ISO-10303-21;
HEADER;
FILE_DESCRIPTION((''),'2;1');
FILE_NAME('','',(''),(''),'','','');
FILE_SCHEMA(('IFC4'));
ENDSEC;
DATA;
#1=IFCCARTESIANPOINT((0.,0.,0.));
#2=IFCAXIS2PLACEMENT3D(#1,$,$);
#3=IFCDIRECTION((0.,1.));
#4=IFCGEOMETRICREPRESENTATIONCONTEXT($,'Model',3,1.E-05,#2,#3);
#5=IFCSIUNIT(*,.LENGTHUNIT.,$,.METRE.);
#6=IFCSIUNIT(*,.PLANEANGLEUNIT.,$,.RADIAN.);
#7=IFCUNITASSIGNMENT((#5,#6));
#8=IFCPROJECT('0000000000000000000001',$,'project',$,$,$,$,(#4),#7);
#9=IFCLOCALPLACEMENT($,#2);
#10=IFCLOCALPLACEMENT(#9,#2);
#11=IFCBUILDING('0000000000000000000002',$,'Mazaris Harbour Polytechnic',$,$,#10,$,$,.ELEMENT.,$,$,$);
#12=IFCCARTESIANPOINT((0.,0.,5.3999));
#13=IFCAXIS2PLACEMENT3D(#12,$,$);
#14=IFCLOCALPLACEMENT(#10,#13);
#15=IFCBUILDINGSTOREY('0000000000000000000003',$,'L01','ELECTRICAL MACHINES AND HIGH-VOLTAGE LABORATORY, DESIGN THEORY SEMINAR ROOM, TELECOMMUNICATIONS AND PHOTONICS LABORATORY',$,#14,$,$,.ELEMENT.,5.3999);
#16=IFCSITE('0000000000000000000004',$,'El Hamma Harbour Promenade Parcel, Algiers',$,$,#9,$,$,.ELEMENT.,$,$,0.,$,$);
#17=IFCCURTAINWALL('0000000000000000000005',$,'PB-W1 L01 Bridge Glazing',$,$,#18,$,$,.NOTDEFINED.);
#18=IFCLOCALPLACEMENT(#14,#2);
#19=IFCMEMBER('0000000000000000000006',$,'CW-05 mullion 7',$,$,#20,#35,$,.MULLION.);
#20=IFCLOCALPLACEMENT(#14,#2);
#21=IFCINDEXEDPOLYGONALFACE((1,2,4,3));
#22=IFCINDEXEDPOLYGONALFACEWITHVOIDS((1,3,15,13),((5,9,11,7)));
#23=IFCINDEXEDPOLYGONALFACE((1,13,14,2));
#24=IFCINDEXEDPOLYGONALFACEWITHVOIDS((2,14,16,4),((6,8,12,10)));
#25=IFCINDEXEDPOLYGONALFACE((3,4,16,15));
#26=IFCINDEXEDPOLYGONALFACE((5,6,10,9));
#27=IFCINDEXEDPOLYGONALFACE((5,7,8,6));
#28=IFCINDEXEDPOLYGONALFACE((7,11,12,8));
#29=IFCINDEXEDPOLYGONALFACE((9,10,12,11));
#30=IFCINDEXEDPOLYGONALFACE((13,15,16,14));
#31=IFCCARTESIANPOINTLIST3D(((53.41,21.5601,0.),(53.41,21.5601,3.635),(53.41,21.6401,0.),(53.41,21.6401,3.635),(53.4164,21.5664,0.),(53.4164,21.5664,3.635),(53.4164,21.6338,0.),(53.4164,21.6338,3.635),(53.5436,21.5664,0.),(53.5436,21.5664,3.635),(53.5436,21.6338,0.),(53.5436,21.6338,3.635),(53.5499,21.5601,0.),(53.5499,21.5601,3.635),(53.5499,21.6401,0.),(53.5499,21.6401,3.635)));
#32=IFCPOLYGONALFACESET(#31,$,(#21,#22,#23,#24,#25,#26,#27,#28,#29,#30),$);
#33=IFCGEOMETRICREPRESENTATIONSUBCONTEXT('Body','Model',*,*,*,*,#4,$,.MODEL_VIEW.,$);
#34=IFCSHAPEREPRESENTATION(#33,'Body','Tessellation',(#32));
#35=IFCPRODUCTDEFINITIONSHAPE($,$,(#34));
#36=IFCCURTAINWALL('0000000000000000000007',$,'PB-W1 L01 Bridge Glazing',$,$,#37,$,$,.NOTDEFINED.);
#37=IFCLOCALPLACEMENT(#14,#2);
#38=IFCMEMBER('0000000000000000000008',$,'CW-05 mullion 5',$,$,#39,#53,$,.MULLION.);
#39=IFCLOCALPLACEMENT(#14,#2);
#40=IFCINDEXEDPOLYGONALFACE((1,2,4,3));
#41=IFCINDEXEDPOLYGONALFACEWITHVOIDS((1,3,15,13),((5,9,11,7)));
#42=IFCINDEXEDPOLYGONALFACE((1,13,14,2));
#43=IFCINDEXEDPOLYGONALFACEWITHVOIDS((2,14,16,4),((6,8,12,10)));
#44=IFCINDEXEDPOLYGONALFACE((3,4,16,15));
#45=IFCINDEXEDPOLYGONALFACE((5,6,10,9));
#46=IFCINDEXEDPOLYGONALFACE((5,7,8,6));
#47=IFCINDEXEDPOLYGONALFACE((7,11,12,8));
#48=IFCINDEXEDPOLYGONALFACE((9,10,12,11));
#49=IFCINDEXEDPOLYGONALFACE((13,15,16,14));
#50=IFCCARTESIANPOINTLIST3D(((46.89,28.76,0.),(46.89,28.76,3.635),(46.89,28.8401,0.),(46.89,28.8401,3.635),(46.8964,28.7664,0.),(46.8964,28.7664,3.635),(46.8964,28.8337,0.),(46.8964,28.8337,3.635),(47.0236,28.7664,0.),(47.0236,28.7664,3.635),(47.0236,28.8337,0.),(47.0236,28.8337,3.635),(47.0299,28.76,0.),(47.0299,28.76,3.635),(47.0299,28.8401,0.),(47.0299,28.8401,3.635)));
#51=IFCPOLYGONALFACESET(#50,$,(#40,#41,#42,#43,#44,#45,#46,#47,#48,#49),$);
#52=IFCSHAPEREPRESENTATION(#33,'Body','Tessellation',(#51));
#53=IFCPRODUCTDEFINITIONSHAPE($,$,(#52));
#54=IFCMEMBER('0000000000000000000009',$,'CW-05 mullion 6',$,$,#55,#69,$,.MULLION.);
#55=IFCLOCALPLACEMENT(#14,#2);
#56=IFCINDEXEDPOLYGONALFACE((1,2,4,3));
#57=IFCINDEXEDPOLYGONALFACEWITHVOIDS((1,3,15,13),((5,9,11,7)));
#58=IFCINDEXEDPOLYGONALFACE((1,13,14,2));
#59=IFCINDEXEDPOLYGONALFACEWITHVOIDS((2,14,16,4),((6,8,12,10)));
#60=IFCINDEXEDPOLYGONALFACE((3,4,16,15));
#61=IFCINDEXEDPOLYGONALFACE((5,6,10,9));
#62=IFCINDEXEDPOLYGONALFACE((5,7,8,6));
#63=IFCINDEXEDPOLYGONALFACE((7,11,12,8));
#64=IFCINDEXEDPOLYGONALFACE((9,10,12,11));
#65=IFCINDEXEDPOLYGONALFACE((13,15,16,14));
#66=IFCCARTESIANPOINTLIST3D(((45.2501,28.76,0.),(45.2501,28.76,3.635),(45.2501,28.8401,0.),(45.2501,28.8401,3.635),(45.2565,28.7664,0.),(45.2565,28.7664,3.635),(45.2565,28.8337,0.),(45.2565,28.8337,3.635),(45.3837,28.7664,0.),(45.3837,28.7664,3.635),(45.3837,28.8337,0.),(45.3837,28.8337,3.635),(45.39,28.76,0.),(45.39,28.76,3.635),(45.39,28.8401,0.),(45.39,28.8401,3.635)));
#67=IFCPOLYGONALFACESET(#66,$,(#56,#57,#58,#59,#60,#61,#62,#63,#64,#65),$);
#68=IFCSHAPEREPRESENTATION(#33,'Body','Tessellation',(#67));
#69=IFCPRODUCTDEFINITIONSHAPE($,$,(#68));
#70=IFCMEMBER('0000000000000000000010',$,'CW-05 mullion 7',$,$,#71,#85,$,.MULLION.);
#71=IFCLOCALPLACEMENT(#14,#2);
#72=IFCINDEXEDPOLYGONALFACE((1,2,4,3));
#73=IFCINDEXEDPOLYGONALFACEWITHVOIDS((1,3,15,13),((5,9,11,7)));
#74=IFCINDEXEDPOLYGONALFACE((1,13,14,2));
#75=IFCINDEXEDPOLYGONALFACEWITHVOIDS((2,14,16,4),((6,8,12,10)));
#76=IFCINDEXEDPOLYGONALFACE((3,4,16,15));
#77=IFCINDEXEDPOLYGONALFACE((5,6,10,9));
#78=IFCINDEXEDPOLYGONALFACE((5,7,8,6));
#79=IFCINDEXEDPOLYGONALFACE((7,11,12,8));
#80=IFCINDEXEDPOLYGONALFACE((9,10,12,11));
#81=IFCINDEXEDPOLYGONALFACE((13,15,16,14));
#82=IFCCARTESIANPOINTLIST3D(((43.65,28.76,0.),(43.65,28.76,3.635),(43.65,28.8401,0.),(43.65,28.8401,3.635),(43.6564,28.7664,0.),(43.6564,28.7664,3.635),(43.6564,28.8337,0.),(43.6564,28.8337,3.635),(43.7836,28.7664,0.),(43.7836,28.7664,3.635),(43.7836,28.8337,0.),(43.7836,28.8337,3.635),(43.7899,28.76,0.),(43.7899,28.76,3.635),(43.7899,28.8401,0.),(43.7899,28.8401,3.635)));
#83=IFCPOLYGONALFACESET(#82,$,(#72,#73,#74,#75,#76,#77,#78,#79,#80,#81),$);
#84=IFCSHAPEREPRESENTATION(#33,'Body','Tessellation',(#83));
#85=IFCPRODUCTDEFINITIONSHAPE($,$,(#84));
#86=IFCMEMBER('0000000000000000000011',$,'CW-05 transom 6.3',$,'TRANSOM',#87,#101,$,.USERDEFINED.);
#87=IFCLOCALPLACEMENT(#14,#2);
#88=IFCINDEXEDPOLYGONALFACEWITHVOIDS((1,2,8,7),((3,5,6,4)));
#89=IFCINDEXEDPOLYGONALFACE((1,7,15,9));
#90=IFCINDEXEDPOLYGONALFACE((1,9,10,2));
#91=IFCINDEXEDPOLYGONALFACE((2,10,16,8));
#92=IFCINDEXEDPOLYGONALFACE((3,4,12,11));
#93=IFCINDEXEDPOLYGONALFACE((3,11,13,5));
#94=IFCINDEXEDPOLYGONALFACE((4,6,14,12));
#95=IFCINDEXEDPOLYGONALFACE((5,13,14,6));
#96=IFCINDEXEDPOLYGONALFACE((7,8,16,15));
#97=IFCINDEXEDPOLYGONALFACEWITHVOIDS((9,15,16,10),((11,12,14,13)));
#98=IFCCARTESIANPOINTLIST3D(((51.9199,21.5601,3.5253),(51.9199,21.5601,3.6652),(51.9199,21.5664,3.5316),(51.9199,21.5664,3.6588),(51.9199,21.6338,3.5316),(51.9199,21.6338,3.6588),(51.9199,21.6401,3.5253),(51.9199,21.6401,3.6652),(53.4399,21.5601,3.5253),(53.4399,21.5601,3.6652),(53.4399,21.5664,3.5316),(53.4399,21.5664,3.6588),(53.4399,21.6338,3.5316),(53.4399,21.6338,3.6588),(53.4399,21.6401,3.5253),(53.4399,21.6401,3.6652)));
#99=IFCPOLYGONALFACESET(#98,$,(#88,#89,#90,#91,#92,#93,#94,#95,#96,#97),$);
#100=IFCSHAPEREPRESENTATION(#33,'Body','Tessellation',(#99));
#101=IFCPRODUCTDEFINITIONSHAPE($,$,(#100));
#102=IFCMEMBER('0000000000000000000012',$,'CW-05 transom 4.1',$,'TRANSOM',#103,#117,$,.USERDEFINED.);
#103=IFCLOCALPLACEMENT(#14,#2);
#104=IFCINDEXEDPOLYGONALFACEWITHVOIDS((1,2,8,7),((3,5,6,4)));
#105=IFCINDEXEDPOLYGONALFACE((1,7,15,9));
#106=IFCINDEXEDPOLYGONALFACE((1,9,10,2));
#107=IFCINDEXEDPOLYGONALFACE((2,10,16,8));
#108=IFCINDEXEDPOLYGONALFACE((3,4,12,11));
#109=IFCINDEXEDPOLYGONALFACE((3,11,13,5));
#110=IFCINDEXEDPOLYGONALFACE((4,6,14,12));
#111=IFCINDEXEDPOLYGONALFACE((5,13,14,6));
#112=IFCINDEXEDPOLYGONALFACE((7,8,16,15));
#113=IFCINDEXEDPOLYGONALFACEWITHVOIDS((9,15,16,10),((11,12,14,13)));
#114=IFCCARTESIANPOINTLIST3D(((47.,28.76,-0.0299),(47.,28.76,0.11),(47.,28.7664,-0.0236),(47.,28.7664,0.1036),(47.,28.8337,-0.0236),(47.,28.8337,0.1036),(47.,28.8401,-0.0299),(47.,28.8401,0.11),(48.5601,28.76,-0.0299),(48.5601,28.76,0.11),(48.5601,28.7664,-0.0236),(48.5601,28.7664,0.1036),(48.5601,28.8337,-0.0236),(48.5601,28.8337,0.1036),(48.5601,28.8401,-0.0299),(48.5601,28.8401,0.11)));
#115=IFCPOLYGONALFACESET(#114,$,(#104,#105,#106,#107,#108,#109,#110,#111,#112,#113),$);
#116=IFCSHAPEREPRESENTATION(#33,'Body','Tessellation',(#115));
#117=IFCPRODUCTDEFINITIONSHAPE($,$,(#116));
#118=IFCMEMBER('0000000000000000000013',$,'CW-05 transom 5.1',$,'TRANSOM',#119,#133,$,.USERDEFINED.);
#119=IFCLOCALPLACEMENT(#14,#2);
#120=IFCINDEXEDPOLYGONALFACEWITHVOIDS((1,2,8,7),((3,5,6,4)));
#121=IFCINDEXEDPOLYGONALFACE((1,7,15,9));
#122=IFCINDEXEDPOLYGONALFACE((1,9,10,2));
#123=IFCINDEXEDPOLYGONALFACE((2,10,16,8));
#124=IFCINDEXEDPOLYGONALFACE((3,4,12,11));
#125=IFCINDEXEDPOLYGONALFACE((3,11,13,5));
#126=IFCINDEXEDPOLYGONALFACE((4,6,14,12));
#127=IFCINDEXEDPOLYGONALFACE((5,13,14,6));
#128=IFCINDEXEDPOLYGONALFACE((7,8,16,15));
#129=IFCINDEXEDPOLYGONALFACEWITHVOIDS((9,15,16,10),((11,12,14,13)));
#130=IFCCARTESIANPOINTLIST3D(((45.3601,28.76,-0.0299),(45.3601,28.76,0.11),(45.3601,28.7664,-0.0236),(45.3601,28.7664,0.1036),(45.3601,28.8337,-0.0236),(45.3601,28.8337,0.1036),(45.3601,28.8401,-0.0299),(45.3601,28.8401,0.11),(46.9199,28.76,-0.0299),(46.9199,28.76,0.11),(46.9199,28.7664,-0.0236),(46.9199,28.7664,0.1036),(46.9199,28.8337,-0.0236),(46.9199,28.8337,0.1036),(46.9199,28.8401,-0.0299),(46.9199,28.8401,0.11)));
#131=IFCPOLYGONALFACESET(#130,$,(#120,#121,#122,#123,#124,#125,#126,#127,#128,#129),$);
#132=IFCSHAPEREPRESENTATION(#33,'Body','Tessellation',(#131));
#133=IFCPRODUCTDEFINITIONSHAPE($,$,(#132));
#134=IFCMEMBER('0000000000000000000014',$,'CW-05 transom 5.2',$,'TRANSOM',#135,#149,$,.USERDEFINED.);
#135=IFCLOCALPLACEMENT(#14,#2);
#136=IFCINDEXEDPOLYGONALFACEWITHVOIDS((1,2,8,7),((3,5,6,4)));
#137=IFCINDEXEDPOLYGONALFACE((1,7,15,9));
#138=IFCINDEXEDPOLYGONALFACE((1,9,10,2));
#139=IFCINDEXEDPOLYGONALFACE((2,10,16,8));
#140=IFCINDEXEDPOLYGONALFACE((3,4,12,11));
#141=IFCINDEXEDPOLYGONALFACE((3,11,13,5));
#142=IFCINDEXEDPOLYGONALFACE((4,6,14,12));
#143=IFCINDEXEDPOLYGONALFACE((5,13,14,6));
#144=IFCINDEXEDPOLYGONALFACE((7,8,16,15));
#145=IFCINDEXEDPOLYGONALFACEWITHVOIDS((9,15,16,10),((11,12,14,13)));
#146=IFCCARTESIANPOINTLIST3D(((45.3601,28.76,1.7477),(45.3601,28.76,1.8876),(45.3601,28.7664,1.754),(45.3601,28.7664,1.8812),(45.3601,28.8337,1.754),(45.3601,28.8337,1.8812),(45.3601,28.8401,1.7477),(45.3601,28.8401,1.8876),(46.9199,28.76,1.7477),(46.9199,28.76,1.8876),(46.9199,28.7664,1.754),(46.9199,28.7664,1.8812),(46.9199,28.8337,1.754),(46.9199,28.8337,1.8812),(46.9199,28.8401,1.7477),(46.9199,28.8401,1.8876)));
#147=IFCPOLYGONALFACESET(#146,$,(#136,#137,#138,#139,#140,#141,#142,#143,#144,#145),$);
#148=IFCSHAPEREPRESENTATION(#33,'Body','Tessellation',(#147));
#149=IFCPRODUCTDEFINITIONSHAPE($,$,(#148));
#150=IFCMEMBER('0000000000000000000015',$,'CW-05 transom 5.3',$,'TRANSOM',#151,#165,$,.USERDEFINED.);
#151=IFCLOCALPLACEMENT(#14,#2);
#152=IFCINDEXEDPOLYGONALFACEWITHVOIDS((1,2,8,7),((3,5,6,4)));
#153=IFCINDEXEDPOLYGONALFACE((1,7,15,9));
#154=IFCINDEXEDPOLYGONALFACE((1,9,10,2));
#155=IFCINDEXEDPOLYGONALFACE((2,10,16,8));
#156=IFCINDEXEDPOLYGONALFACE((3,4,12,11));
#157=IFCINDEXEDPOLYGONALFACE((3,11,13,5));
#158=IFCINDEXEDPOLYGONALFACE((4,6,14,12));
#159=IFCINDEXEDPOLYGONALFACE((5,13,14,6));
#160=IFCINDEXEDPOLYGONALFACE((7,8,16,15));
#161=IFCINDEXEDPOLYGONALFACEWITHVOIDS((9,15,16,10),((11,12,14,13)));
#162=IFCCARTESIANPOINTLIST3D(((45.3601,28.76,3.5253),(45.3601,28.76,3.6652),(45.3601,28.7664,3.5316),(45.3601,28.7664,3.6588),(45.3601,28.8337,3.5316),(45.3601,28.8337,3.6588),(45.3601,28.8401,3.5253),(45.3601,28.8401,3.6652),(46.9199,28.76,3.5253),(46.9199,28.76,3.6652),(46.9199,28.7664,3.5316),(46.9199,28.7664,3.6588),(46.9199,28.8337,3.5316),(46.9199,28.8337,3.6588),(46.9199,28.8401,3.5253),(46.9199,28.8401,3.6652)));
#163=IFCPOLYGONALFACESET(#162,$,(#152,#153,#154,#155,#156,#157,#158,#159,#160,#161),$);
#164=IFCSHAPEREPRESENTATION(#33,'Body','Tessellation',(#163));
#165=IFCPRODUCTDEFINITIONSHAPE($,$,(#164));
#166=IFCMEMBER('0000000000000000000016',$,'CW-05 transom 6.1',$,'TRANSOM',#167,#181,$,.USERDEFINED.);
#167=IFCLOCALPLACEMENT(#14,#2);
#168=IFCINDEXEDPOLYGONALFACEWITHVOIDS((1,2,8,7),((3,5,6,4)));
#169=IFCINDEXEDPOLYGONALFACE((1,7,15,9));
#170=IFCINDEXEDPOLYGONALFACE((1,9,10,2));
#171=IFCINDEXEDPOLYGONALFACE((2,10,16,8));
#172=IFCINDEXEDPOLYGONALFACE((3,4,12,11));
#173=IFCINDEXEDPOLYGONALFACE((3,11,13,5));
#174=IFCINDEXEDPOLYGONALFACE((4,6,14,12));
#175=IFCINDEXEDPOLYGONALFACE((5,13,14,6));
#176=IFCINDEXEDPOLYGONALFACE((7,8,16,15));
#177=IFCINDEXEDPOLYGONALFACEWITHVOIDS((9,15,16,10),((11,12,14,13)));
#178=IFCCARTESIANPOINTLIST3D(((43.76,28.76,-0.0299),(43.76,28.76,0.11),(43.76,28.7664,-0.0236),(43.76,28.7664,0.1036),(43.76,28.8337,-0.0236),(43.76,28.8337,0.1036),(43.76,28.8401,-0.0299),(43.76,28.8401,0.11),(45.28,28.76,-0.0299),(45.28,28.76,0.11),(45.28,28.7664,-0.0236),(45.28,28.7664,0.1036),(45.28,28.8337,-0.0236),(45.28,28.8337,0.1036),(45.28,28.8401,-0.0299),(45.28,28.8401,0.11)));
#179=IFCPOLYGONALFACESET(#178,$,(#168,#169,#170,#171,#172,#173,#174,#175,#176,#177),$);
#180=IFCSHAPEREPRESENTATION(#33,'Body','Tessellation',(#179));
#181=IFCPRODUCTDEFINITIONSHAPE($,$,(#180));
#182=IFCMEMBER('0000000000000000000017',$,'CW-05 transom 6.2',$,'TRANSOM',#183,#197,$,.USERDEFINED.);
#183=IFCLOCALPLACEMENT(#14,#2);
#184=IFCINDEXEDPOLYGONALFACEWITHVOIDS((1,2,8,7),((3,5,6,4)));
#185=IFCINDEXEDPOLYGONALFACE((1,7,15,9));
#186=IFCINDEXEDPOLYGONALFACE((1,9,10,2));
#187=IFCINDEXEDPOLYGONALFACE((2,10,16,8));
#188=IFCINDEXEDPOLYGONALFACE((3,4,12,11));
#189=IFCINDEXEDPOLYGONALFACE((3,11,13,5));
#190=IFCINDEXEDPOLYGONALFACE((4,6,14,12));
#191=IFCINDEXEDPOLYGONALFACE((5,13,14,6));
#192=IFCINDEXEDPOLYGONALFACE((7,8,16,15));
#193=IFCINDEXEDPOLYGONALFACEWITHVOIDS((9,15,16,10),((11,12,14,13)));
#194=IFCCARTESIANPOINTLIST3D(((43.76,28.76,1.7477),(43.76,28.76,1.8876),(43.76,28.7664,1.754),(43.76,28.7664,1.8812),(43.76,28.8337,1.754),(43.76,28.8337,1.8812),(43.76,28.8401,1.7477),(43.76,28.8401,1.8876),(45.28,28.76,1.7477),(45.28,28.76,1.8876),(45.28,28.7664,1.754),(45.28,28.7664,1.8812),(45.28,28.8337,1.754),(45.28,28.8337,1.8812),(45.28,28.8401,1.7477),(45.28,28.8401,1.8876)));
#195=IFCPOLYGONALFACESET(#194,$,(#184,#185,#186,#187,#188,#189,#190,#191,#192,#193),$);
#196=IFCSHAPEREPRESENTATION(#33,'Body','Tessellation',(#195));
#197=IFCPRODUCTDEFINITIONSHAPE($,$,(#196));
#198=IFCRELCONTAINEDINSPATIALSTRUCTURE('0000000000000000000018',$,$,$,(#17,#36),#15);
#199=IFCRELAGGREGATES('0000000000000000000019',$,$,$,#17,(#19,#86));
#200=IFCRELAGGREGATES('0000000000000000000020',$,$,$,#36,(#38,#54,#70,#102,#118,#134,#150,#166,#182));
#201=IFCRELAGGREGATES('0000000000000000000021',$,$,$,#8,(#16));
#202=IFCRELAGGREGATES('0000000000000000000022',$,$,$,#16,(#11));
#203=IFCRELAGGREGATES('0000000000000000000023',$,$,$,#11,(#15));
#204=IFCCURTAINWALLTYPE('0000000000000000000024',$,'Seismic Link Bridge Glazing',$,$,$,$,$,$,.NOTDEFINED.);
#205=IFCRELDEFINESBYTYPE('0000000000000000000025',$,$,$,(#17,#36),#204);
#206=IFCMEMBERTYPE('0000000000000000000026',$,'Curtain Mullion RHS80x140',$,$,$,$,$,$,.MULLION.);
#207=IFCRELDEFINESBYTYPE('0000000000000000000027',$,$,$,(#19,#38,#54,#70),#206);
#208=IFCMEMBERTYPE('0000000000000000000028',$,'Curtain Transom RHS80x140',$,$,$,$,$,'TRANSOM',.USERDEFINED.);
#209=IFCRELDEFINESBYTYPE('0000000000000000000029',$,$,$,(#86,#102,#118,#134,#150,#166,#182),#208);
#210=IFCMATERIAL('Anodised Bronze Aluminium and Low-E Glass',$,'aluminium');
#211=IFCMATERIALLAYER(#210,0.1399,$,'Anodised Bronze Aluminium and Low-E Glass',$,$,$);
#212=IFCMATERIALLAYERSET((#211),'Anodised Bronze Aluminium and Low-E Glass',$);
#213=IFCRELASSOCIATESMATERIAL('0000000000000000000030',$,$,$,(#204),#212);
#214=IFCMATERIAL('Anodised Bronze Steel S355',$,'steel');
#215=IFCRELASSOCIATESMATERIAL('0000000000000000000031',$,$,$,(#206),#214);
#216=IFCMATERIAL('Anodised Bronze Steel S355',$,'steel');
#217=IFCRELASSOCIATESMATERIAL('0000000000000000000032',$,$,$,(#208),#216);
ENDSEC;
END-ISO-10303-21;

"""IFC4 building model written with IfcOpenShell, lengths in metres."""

from ifc_helpers import new_model, si_unit, direction, frame, origin, origin_2d, place, context, subcontext, project, spatial, hollow_rectangle, extrude, material, layer, layer_set, material_profile, profile_set, type_object, element, aggregate, save


model = new_model("IFC4")

# Units and contexts
model_context = context("Model", 3, precision=1e-05, world=origin(), true_north=direction((0.0, 1.0)))
body_context = subcontext(model_context, "Body", "Model", "MODEL_VIEW")
ifc_project = project(units=[si_unit("LENGTHUNIT", "METRE"), si_unit("PLANEANGLEUNIT", "RADIAN")], contexts=[model_context])

# Site, building, storey
site_placement = place(None, origin())
site = spatial("IfcSite", under=ifc_project, at=site_placement, Name="El Hamma Harbour Promenade Parcel, Algiers", CompositionType="ELEMENT", RefElevation=0.0)
building_placement = place(site_placement, origin())
building = spatial("IfcBuilding", under=site, at=building_placement, Name="Mazaris Harbour Polytechnic", CompositionType="ELEMENT")
storey_placement = place(building_placement, frame((0.0, 0.0, 5.3999)))
storey = spatial("IfcBuildingStorey", under=building, at=storey_placement, Name="L01", Description="ELECTRICAL MACHINES AND HIGH-VOLTAGE LABORATORY, DESIGN THEORY SEMINAR ROOM, TELECOMMUNICATIONS AND PHOTONICS LABORATORY", CompositionType="ELEMENT", Elevation=5.3999)

# Curtain wall, member
ifc_material_1 = material(Name="Anodised Bronze Aluminium and Low-E Glass", Category="aluminium")
ifc_layer_1 = layer(ifc_material_1, 0.1399, Name="Anodised Bronze Aluminium and Low-E Glass")
ifc_layer_set_1 = layer_set([ifc_layer_1], Name="Anodised Bronze Aluminium and Low-E Glass")
curtain_wall_type = type_object("IfcCurtainWallType", Name="Seismic Link Bridge Glazing", PredefinedType="NOTDEFINED", material=ifc_layer_set_1)
curtain_wall_1_placement = place(storey_placement, origin())
curtain_wall_1 = element("IfcCurtainWall", 1, at=curtain_wall_1_placement, inside=storey, type_object=curtain_wall_type, Name="PB-W1 L01 Bridge Glazing", PredefinedType="NOTDEFINED")
ifc_material_2 = material(Name="Anodised Bronze Steel S355", Category="steel")
ifc_material_profile_1 = material_profile(ifc_material_2, hollow_rectangle(XDim=0.0801, YDim=0.1399, WallThickness=0.0063, at=origin_2d()), Name="RHS 80x140x6.3")
ifc_profile_set_1 = profile_set([ifc_material_profile_1], Name="Anodised Bronze Steel S355")
member_type_1 = type_object("IfcMemberType", Name="Curtain Mullion RHS80x140", PredefinedType="MULLION", material=ifc_profile_set_1)
member_1_placement = place(storey_placement, frame((53.48, 21.6001, 0.0), z_axis=(0.0, 0.0, 1.0), x_axis=(0.0, 1.0, 0.0)))
member_1 = element("IfcMember", 2, at=member_1_placement, type_object=member_type_1, Name="CW-05 mullion 7", PredefinedType="MULLION", context=body_context, shape_type="SweptSolid", body=[
    extrude(hollow_rectangle(XDim=0.0801, YDim=0.1399, WallThickness=0.0063, at=origin_2d()), origin(), (0.0, 0.0, 1.0), 3.635),
])

# Curtain wall, members
curtain_wall_2_placement = place(storey_placement, origin())
curtain_wall_2 = element("IfcCurtainWall", 3, at=curtain_wall_2_placement, inside=storey, type_object=curtain_wall_type, Name="PB-W1 L01 Bridge Glazing", PredefinedType="NOTDEFINED")
member_2_placement = place(storey_placement, frame((46.96, 28.8, 0.0), z_axis=(0.0, 0.0, 1.0), x_axis=(0.0, -1.0, 0.0)))
member_2 = element("IfcMember", 4, at=member_2_placement, type_object=member_type_1, Name="CW-05 mullion 5", PredefinedType="MULLION", context=body_context, shape_type="SweptSolid", body=[
    extrude(hollow_rectangle(XDim=0.0801, YDim=0.1399, WallThickness=0.0063, at=origin_2d()), origin(), (0.0, 0.0, 1.0), 3.635),
])
member_3_placement = place(storey_placement, frame((45.3201, 28.8, 0.0), z_axis=(0.0, 0.0, 1.0), x_axis=(0.0, -1.0, 0.0)))
member_3 = element("IfcMember", 5, at=member_3_placement, type_object=member_type_1, Name="CW-05 mullion 6", PredefinedType="MULLION", context=body_context, shape_type="SweptSolid", body=[
    extrude(hollow_rectangle(XDim=0.0801, YDim=0.1399, WallThickness=0.0063, at=origin_2d()), origin(), (0.0, 0.0, 1.0), 3.635),
])
member_4_placement = place(storey_placement, frame((43.72, 28.8, 0.0), z_axis=(0.0, 0.0, 1.0), x_axis=(0.0, -1.0, 0.0)))
member_4 = element("IfcMember", 6, at=member_4_placement, type_object=member_type_1, Name="CW-05 mullion 7", PredefinedType="MULLION", context=body_context, shape_type="SweptSolid", body=[
    extrude(hollow_rectangle(XDim=0.0801, YDim=0.1399, WallThickness=0.0063, at=origin_2d()), origin(), (0.0, 0.0, 1.0), 3.635),
])

# Members
ifc_material_3 = material(Name="Anodised Bronze Steel S355", Category="steel")
ifc_material_profile_2 = material_profile(ifc_material_3, hollow_rectangle(XDim=0.0801, YDim=0.1399, WallThickness=0.0063, at=origin_2d()), Name="RHS 80x140x6.3")
ifc_profile_set_2 = profile_set([ifc_material_profile_2], Name="Anodised Bronze Steel S355")
member_type_2 = type_object("IfcMemberType", Name="Curtain Transom RHS80x140", ElementType="TRANSOM", PredefinedType="USERDEFINED", material=ifc_profile_set_2)
member_5_placement = place(storey_placement, frame((51.9199, 21.6001, 3.5952), z_axis=(1.0, 0.0, 0.0), x_axis=(0.0, 1.0, 0.0)))
member_5 = element("IfcMember", 7, at=member_5_placement, type_object=member_type_2, Name="CW-05 transom 6.3", ObjectType="TRANSOM", PredefinedType="USERDEFINED", context=body_context, shape_type="SweptSolid", body=[
    extrude(hollow_rectangle(XDim=0.0801, YDim=0.1399, WallThickness=0.0063, at=origin_2d()), origin(), (0.0, 0.0, 1.0), 1.52),
])
member_6_placement = place(storey_placement, frame((48.5601, 28.8, 0.04), z_axis=(-1.0, 0.0, 0.0), x_axis=(0.0, -1.0, 0.0)))
member_6 = element("IfcMember", 8, at=member_6_placement, type_object=member_type_2, Name="CW-05 transom 4.1", ObjectType="TRANSOM", PredefinedType="USERDEFINED", context=body_context, shape_type="SweptSolid", body=[
    extrude(hollow_rectangle(XDim=0.0801, YDim=0.1399, WallThickness=0.0063, at=origin_2d()), origin(), (0.0, 0.0, 1.0), 1.5601),
])
member_7_placement = place(storey_placement, frame((46.9199, 28.8, 0.04), z_axis=(-1.0, 0.0, 0.0), x_axis=(0.0, -1.0, 0.0)))
member_7 = element("IfcMember", 9, at=member_7_placement, type_object=member_type_2, Name="CW-05 transom 5.1", ObjectType="TRANSOM", PredefinedType="USERDEFINED", context=body_context, shape_type="SweptSolid", body=[
    extrude(hollow_rectangle(XDim=0.0801, YDim=0.1399, WallThickness=0.0063, at=origin_2d()), origin(), (0.0, 0.0, 1.0), 1.5598),
])
member_8_placement = place(storey_placement, frame((46.9199, 28.8, 1.8176), z_axis=(-1.0, 0.0, 0.0), x_axis=(0.0, -1.0, 0.0)))
member_8 = element("IfcMember", 10, at=member_8_placement, type_object=member_type_2, Name="CW-05 transom 5.2", ObjectType="TRANSOM", PredefinedType="USERDEFINED", context=body_context, shape_type="SweptSolid", body=[
    extrude(hollow_rectangle(XDim=0.0801, YDim=0.1399, WallThickness=0.0063, at=origin_2d()), origin(), (0.0, 0.0, 1.0), 1.5598),
])
member_9_placement = place(storey_placement, frame((46.9199, 28.8, 3.5952), z_axis=(-1.0, 0.0, 0.0), x_axis=(0.0, -1.0, 0.0)))
member_9 = element("IfcMember", 11, at=member_9_placement, type_object=member_type_2, Name="CW-05 transom 5.3", ObjectType="TRANSOM", PredefinedType="USERDEFINED", context=body_context, shape_type="SweptSolid", body=[
    extrude(hollow_rectangle(XDim=0.0801, YDim=0.1399, WallThickness=0.0063, at=origin_2d()), origin(), (0.0, 0.0, 1.0), 1.5598),
])
member_10_placement = place(storey_placement, frame((45.28, 28.8, 0.04), z_axis=(-1.0, 0.0, 0.0), x_axis=(0.0, -1.0, 0.0)))
member_10 = element("IfcMember", 12, at=member_10_placement, type_object=member_type_2, Name="CW-05 transom 6.1", ObjectType="TRANSOM", PredefinedType="USERDEFINED", context=body_context, shape_type="SweptSolid", body=[
    extrude(hollow_rectangle(XDim=0.0801, YDim=0.1399, WallThickness=0.0063, at=origin_2d()), origin(), (0.0, 0.0, 1.0), 1.52),
])
member_11_placement = place(storey_placement, frame((45.28, 28.8, 1.8176), z_axis=(-1.0, 0.0, 0.0), x_axis=(0.0, -1.0, 0.0)))
member_11 = element("IfcMember", 13, at=member_11_placement, type_object=member_type_2, Name="CW-05 transom 6.2", ObjectType="TRANSOM", PredefinedType="USERDEFINED", context=body_context, shape_type="SweptSolid", body=[
    extrude(hollow_rectangle(XDim=0.0801, YDim=0.1399, WallThickness=0.0063, at=origin_2d()), origin(), (0.0, 0.0, 1.0), 1.52),
])

aggregate(curtain_wall_1, [member_1, member_5])
aggregate(curtain_wall_2, [member_2, member_3, member_4, member_6, member_7, member_8, member_9, member_10, member_11])

save(model, "model.ifc")
